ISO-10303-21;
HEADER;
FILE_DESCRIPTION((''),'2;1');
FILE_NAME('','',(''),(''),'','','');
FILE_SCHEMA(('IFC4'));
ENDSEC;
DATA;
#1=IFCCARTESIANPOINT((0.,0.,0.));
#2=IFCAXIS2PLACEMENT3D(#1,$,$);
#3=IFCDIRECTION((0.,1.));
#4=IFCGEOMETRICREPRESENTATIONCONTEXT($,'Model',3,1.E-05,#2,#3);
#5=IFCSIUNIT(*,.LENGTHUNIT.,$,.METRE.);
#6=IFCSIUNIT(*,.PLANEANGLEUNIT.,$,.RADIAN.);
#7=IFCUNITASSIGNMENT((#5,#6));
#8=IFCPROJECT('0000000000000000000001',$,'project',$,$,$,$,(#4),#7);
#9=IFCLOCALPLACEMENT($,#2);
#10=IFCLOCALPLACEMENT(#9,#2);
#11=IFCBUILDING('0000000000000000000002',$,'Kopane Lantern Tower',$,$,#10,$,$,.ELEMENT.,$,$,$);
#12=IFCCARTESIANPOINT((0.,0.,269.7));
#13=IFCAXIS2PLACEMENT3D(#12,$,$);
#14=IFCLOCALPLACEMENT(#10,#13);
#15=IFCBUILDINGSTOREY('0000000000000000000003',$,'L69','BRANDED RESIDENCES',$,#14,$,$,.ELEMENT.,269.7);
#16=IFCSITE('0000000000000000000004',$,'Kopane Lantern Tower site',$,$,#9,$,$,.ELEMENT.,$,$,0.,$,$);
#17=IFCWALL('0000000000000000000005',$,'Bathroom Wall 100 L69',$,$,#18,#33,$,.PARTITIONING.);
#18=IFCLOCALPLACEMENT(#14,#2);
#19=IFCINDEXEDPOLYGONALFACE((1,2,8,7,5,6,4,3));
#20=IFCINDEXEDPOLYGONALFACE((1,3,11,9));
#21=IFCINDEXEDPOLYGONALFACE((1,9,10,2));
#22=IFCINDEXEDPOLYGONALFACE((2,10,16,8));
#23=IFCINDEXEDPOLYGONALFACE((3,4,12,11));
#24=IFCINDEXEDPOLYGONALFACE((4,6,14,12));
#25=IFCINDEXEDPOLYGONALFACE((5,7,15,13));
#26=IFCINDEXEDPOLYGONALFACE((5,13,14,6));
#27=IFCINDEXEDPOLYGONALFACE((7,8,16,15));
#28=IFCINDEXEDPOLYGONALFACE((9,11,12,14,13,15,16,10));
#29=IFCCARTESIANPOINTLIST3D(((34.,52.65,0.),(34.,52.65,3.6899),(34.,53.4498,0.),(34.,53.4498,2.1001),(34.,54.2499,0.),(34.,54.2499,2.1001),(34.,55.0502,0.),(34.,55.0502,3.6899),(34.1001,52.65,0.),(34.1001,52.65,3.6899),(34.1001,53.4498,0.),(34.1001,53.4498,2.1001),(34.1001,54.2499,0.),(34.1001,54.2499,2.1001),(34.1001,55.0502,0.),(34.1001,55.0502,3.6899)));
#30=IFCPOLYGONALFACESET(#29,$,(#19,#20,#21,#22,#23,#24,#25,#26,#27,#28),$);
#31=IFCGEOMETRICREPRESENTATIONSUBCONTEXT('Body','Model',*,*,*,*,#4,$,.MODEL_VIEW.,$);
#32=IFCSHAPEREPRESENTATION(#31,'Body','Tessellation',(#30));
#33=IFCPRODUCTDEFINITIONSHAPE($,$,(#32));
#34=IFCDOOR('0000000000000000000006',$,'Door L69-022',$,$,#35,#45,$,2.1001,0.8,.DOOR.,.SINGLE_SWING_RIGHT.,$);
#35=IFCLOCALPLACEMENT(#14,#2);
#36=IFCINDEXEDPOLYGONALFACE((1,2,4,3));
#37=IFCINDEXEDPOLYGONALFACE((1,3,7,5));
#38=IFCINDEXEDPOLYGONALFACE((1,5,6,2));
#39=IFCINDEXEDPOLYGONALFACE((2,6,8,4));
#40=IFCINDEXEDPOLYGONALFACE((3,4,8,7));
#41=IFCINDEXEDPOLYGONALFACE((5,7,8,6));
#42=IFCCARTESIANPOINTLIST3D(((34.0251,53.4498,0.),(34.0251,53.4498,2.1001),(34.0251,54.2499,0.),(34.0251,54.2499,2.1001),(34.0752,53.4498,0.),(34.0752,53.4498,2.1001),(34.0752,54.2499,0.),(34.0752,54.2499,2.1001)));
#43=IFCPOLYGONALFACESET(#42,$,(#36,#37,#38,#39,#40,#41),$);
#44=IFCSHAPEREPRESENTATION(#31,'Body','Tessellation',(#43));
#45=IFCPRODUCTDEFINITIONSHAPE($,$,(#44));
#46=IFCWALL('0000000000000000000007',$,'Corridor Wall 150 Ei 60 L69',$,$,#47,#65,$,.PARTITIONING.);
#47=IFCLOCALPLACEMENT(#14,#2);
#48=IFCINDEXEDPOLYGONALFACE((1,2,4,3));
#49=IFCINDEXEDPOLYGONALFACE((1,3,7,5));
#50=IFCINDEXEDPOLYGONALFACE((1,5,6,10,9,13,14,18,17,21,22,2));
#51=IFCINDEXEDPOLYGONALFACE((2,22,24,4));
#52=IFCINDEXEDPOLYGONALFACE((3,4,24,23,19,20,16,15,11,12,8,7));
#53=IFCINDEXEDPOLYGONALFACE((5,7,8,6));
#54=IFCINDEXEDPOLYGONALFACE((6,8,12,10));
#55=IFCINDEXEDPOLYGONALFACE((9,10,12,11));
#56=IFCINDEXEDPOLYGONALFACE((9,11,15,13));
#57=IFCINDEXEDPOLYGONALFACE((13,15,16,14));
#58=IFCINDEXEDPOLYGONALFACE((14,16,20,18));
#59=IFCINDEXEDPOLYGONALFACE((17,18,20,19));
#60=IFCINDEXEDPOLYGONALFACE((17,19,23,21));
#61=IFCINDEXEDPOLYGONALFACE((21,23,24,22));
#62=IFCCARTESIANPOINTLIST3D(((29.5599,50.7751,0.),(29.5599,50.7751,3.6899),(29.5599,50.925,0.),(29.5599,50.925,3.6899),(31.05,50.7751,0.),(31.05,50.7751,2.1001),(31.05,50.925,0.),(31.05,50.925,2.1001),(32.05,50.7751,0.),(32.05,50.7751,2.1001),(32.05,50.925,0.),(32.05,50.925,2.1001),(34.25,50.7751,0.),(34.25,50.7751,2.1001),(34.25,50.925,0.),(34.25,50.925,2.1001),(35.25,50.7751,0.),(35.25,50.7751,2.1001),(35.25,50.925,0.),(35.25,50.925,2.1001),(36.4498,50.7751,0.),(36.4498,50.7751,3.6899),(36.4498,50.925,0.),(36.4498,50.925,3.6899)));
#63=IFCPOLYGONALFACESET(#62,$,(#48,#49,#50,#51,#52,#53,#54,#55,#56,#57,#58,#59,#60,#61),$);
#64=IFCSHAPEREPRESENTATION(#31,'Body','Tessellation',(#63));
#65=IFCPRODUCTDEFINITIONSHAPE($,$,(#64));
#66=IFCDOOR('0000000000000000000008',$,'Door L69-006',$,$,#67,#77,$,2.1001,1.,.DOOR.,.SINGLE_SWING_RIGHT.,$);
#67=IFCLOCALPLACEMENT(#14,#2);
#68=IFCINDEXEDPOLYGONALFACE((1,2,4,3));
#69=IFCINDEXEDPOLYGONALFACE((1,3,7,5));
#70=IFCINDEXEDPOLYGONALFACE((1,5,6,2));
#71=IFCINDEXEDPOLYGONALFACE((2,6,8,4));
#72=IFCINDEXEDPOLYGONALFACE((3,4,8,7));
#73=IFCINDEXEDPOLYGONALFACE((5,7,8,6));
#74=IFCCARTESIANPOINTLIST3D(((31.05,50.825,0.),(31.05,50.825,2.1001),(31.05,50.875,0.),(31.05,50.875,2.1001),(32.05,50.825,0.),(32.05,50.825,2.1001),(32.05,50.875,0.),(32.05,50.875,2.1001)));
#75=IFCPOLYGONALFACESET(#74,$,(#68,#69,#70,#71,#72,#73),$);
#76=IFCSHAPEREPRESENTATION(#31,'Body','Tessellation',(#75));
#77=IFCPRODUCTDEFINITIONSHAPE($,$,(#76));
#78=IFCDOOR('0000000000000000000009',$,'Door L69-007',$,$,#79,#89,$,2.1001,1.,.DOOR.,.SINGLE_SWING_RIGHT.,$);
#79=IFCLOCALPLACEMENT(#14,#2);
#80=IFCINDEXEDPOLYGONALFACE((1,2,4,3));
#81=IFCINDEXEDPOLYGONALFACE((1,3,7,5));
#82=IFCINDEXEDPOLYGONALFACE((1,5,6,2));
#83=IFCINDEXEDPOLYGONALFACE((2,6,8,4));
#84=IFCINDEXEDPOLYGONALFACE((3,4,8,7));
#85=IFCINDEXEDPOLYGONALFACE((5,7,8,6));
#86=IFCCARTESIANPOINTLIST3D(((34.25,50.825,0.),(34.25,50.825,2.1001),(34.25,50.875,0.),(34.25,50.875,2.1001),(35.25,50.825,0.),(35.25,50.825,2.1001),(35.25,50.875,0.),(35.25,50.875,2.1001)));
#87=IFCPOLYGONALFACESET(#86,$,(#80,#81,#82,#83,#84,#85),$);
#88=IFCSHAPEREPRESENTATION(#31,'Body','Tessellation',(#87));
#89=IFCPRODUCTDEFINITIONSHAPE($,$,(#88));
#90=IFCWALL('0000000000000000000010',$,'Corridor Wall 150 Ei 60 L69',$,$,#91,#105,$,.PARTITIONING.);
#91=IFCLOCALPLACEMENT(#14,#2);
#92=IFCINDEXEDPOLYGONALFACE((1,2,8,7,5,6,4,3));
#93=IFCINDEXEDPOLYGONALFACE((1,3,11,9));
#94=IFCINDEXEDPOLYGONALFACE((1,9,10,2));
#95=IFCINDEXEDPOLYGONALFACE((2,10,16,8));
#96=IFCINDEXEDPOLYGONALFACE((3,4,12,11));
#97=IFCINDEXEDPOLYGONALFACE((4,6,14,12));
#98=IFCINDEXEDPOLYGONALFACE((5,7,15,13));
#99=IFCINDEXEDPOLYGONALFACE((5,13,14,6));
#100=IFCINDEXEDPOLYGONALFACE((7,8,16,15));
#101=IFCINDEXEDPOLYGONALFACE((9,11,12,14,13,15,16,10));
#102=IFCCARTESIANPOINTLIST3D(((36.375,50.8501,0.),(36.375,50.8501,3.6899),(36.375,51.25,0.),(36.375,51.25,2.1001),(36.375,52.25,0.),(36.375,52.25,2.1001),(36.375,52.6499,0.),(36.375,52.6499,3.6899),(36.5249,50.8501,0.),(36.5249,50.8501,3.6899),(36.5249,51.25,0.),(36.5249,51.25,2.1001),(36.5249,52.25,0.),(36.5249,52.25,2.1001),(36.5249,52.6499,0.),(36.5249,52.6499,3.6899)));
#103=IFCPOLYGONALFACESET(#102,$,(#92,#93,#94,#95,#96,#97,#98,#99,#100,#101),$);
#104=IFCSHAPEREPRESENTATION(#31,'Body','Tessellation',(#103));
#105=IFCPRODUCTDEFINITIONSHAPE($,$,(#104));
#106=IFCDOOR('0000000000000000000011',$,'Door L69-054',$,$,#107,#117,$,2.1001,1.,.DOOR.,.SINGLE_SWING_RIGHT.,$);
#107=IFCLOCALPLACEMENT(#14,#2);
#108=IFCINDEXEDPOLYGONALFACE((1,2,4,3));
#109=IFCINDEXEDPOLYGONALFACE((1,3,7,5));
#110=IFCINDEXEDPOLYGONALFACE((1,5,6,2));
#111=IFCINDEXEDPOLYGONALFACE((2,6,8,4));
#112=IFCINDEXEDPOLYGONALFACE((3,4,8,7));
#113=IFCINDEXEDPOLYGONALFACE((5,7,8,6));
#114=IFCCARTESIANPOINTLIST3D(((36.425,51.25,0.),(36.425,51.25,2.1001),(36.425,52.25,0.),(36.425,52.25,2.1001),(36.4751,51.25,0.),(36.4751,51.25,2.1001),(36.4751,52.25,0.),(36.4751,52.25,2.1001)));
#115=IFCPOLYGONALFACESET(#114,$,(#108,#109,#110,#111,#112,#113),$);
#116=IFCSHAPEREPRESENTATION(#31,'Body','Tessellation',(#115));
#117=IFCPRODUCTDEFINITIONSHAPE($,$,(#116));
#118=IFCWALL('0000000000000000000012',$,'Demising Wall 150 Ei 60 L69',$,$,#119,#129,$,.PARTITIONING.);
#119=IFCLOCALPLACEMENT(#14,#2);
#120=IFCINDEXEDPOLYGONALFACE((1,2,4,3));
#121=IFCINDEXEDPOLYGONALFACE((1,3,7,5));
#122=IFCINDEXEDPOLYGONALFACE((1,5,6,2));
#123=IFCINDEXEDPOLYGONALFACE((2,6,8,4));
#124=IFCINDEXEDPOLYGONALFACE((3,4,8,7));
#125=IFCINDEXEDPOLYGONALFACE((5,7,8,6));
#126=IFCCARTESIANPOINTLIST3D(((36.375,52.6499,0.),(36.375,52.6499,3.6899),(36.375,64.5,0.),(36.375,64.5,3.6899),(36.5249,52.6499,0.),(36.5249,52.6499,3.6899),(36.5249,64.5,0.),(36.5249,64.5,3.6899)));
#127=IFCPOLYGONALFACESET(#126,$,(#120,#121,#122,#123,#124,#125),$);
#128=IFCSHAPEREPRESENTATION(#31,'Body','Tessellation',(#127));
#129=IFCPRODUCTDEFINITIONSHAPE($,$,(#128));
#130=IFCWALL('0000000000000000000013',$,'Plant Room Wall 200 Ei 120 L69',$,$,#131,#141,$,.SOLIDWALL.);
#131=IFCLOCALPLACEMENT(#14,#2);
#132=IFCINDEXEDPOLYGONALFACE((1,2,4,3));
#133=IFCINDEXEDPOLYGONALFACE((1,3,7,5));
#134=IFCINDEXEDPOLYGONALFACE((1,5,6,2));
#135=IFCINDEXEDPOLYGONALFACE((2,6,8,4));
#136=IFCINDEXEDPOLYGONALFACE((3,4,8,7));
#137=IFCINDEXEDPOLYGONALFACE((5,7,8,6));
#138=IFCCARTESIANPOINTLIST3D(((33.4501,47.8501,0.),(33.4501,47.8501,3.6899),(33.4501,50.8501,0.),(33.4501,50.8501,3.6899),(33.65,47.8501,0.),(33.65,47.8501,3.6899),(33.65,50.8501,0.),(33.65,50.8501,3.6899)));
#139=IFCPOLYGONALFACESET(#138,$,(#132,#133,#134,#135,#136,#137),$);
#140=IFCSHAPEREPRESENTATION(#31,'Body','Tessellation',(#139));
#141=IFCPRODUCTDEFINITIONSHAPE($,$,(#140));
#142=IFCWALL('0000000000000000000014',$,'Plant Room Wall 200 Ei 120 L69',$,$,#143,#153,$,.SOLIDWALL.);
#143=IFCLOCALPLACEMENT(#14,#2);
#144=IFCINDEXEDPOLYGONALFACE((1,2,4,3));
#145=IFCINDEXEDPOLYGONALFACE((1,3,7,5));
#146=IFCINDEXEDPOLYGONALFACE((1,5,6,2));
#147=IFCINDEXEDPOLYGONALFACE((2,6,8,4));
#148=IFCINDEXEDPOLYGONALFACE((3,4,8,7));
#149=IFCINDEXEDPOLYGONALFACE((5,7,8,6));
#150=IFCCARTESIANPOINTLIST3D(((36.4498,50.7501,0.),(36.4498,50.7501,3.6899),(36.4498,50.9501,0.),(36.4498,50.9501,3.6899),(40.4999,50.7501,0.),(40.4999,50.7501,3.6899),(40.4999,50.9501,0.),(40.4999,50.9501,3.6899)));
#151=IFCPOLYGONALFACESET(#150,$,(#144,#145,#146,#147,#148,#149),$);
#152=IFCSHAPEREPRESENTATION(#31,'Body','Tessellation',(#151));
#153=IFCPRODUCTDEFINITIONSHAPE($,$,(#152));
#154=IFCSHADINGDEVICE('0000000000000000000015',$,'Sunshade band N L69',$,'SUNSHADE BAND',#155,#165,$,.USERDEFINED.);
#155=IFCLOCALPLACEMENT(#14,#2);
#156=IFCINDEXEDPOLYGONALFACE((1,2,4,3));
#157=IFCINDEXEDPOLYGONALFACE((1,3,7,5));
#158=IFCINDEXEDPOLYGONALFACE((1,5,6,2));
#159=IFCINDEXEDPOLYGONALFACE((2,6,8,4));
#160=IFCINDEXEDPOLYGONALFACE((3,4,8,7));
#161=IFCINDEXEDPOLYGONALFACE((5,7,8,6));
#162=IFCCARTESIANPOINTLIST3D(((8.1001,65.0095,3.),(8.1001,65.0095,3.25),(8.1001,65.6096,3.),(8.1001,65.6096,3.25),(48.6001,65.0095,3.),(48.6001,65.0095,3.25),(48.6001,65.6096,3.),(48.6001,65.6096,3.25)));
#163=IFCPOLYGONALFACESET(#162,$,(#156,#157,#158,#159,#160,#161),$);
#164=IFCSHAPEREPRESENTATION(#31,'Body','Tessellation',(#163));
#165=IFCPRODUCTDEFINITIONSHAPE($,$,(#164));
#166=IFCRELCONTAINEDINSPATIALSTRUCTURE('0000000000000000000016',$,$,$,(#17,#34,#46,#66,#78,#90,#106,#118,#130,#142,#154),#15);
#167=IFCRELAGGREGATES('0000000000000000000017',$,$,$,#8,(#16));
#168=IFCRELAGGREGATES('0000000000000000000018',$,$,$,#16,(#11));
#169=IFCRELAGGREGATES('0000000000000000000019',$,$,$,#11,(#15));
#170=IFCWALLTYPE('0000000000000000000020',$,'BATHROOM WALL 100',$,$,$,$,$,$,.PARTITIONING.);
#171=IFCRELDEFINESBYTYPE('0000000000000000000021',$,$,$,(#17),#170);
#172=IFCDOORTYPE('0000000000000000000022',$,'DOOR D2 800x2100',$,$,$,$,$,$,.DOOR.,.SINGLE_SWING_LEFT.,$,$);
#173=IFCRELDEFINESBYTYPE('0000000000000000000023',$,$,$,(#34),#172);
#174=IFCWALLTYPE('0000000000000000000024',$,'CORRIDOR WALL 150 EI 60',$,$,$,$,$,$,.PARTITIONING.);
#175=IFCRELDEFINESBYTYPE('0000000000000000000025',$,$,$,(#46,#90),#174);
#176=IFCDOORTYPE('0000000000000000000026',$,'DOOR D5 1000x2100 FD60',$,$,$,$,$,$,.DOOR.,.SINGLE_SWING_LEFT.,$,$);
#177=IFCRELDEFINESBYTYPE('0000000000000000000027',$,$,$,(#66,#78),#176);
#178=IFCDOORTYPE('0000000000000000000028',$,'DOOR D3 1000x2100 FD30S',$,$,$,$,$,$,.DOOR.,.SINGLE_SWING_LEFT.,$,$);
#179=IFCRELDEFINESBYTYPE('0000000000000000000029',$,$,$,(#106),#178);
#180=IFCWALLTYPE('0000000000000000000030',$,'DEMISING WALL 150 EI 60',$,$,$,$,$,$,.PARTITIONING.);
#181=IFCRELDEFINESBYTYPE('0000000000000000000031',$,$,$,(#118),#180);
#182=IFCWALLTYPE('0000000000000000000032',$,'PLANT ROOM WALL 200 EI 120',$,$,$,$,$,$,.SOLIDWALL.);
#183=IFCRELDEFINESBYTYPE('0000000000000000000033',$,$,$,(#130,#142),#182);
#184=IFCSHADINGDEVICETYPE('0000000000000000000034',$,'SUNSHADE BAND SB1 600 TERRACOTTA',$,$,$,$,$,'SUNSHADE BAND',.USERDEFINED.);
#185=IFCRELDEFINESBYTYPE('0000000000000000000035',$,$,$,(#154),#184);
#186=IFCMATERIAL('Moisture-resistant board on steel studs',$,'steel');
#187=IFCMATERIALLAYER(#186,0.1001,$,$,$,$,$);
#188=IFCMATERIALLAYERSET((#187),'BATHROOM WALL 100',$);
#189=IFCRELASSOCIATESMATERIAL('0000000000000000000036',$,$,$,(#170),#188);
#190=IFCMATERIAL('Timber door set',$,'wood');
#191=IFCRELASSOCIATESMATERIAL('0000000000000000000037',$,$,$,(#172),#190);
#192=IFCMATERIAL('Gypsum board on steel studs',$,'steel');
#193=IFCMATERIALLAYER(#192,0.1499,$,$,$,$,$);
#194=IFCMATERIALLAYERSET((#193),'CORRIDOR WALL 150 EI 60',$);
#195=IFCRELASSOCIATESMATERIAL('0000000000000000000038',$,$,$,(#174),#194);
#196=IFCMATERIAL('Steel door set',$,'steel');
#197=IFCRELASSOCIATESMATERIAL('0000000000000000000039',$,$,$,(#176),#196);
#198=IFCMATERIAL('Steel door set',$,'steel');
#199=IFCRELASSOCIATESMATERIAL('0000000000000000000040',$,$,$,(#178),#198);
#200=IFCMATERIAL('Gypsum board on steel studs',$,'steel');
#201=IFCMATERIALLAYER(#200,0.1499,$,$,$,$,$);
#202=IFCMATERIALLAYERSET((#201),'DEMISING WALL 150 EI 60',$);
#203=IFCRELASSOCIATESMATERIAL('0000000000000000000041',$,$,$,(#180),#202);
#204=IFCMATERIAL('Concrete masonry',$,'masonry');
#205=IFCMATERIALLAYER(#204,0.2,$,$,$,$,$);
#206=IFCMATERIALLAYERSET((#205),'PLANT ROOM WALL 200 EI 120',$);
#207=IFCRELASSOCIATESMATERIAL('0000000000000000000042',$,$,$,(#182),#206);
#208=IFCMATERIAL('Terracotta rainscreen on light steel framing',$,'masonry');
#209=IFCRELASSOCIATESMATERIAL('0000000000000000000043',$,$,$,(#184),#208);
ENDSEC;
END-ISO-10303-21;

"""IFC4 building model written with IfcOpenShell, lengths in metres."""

from ifc_helpers import new_model, si_unit, direction, frame, frame_2d, origin, origin_2d, place, context, subcontext, project, spatial, rectangle, extrude, material, layer, layer_set, type_object, element, fill, save


model = new_model("IFC4")

# Units and contexts
model_context = context("Model", 3, precision=1e-05, world=origin(), true_north=direction((0.0, 1.0)))
body_context = subcontext(model_context, "Body", "Model", "MODEL_VIEW")
ifc_project = project(units=[si_unit("LENGTHUNIT", "METRE"), si_unit("PLANEANGLEUNIT", "RADIAN")], contexts=[model_context])

# Site, building, storey
site_placement = place(None, origin())
site = spatial("IfcSite", under=ifc_project, at=site_placement, Name="Kopane Lantern Tower site", CompositionType="ELEMENT", RefElevation=0.0)
building_placement = place(site_placement, origin())
building = spatial("IfcBuilding", under=site, at=building_placement, Name="Kopane Lantern Tower", CompositionType="ELEMENT")
storey_placement = place(building_placement, frame((0.0, 0.0, 269.7)))
storey = spatial("IfcBuildingStorey", under=building, at=storey_placement, Name="L69", Description="BRANDED RESIDENCES", CompositionType="ELEMENT", Elevation=269.7)

# Wall, opening, door
ifc_material_1 = material(Name="Moisture-resistant board on steel studs", Category="steel")
ifc_layer_1 = layer(ifc_material_1, 0.1001)
ifc_layer_set_1 = layer_set([ifc_layer_1], Name="BATHROOM WALL 100")
wall_type_1 = type_object("IfcWallType", Name="BATHROOM WALL 100", PredefinedType="PARTITIONING", material=ifc_layer_set_1)
wall_1_placement = place(storey_placement, frame((34.05, 52.6499, 0.0), z_axis=(0.0, 0.0, 1.0), x_axis=(0.0, 1.0, 0.0)))
wall_1 = element("IfcWall", 1, at=wall_1_placement, inside=storey, type_object=wall_type_1, Name="Bathroom Wall 100 L69", PredefinedType="PARTITIONING", context=body_context, shape_type="SweptSolid", body=[
    extrude(rectangle(XDim=2.4001, YDim=0.1001, at=frame_2d((1.2002, 0.0))), origin(), (0.0, 0.0, 1.0), 3.6899),
])
opening_1_placement = place(wall_1_placement, frame((0.8, 0.0, 0.0)))
opening_1 = element("IfcOpeningElement", 2, at=opening_1_placement, cuts=wall_1, PredefinedType="OPENING", context=body_context, shape_type="SweptSolid", body=[
    extrude(rectangle(XDim=0.8, YDim=2.1001, at=frame_2d((0.3999, 1.05))), frame((0.0, 0.0601, 0.0), z_axis=(0.0, -1.0, 0.0), x_axis=(1.0, 0.0, 0.0)), (0.0, 0.0, 1.0), 0.1201),
])
ifc_material_2 = material(Name="Timber door set", Category="wood")
door_type_1 = type_object("IfcDoorType", Name="DOOR D2 800x2100", OperationType="SINGLE_SWING_LEFT", PredefinedType="DOOR", material=ifc_material_2)
door_1_placement = place(opening_1_placement, origin())
door_1 = element("IfcDoor", 3, at=door_1_placement, inside=storey, type_object=door_type_1, Name="Door L69-022", OperationType="SINGLE_SWING_RIGHT", OverallHeight=2.1001, OverallWidth=0.8, PredefinedType="DOOR", context=body_context, shape_type="SweptSolid", body=[
    extrude(rectangle(XDim=0.8, YDim=2.1001, at=frame_2d((0.3999, 1.05))), frame((0.0, 0.0249, 0.0), z_axis=(0.0, -1.0, 0.0), x_axis=(1.0, 0.0, 0.0)), (0.0, 0.0, 1.0), 0.05),
])
fill(opening_1, door_1)

# Wall, openings, doors
ifc_material_3 = material(Name="Gypsum board on steel studs", Category="steel")
ifc_layer_2 = layer(ifc_material_3, 0.1499)
ifc_layer_set_2 = layer_set([ifc_layer_2], Name="CORRIDOR WALL 150 EI 60")
wall_type_2 = type_object("IfcWallType", Name="CORRIDOR WALL 150 EI 60", PredefinedType="PARTITIONING", material=ifc_layer_set_2)
wall_2_placement = place(storey_placement, frame((29.5601, 50.8501, 0.0), z_axis=(0.0, 0.0, 1.0), x_axis=(1.0, 0.0, 0.0)))
wall_2 = element("IfcWall", 4, at=wall_2_placement, inside=storey, type_object=wall_type_2, Name="Corridor Wall 150 Ei 60 L69", PredefinedType="PARTITIONING", context=body_context, shape_type="SweptSolid", body=[
    extrude(rectangle(XDim=6.8899, YDim=0.1499, at=frame_2d((3.4448, 0.0))), origin(), (0.0, 0.0, 1.0), 3.6899),
])
opening_2_placement = place(wall_2_placement, frame((1.49, 0.0, 0.0)))
opening_2 = element("IfcOpeningElement", 5, at=opening_2_placement, cuts=wall_2, PredefinedType="OPENING", context=body_context, shape_type="SweptSolid", body=[
    extrude(rectangle(XDim=1.0, YDim=2.1001, at=frame_2d((0.5, 1.05))), frame((0.0, 0.085, 0.0), z_axis=(0.0, -1.0, 0.0), x_axis=(1.0, 0.0, 0.0)), (0.0, 0.0, 1.0), 0.1699),
])
opening_3_placement = place(wall_2_placement, frame((4.6899, 0.0, 0.0)))
opening_3 = element("IfcOpeningElement", 6, at=opening_3_placement, cuts=wall_2, PredefinedType="OPENING", context=body_context, shape_type="SweptSolid", body=[
    extrude(rectangle(XDim=1.0, YDim=2.1001, at=frame_2d((0.5, 1.05))), frame((0.0, 0.085, 0.0), z_axis=(0.0, -1.0, 0.0), x_axis=(1.0, 0.0, 0.0)), (0.0, 0.0, 1.0), 0.1699),
])
ifc_material_4 = material(Name="Steel door set", Category="steel")
door_type_2 = type_object("IfcDoorType", Name="DOOR D5 1000x2100 FD60", OperationType="SINGLE_SWING_LEFT", PredefinedType="DOOR", material=ifc_material_4)
door_2_placement = place(opening_2_placement, origin())
door_2 = element("IfcDoor", 7, at=door_2_placement, inside=storey, type_object=door_type_2, Name="Door L69-006", OperationType="SINGLE_SWING_RIGHT", OverallHeight=2.1001, OverallWidth=1.0, PredefinedType="DOOR", context=body_context, shape_type="SweptSolid", body=[
    extrude(rectangle(XDim=1.0, YDim=2.1001, at=frame_2d((0.5, 1.05))), frame((0.0, 0.0249, 0.0), z_axis=(0.0, -1.0, 0.0), x_axis=(1.0, 0.0, 0.0)), (0.0, 0.0, 1.0), 0.05),
])
fill(opening_2, door_2)
door_3_placement = place(opening_3_placement, origin())
door_3 = element("IfcDoor", 8, at=door_3_placement, inside=storey, type_object=door_type_2, Name="Door L69-007", OperationType="SINGLE_SWING_RIGHT", OverallHeight=2.1001, OverallWidth=1.0, PredefinedType="DOOR", context=body_context, shape_type="SweptSolid", body=[
    extrude(rectangle(XDim=1.0, YDim=2.1001, at=frame_2d((0.5, 1.05))), frame((0.0, 0.0249, 0.0), z_axis=(0.0, -1.0, 0.0), x_axis=(1.0, 0.0, 0.0)), (0.0, 0.0, 1.0), 0.05),
])
fill(opening_3, door_3)

# Wall, opening, door
wall_3_placement = place(storey_placement, frame((36.45, 50.8501, 0.0), z_axis=(0.0, 0.0, 1.0), x_axis=(0.0, 1.0, 0.0)))
wall_3 = element("IfcWall", 9, at=wall_3_placement, inside=storey, type_object=wall_type_2, Name="Corridor Wall 150 Ei 60 L69", PredefinedType="PARTITIONING", context=body_context, shape_type="SweptSolid", body=[
    extrude(rectangle(XDim=1.7998, YDim=0.1499, at=frame_2d((0.8999, 0.0))), origin(), (0.0, 0.0, 1.0), 3.6899),
])
opening_4_placement = place(wall_3_placement, frame((0.3999, 0.0, 0.0)))
opening_4 = element("IfcOpeningElement", 10, at=opening_4_placement, cuts=wall_3, PredefinedType="OPENING", context=body_context, shape_type="SweptSolid", body=[
    extrude(rectangle(XDim=1.0, YDim=2.1001, at=frame_2d((0.5, 1.05))), frame((0.0, 0.085, 0.0), z_axis=(0.0, -1.0, 0.0), x_axis=(1.0, 0.0, 0.0)), (0.0, 0.0, 1.0), 0.1699),
])
ifc_material_5 = material(Name="Steel door set", Category="steel")
door_type_3 = type_object("IfcDoorType", Name="DOOR D3 1000x2100 FD30S", OperationType="SINGLE_SWING_LEFT", PredefinedType="DOOR", material=ifc_material_5)
door_4_placement = place(opening_4_placement, origin())
door_4 = element("IfcDoor", 11, at=door_4_placement, inside=storey, type_object=door_type_3, Name="Door L69-054", OperationType="SINGLE_SWING_RIGHT", OverallHeight=2.1001, OverallWidth=1.0, PredefinedType="DOOR", context=body_context, shape_type="SweptSolid", body=[
    extrude(rectangle(XDim=1.0, YDim=2.1001, at=frame_2d((0.5, 1.05))), frame((0.0, 0.0249, 0.0), z_axis=(0.0, -1.0, 0.0), x_axis=(1.0, 0.0, 0.0)), (0.0, 0.0, 1.0), 0.05),
])
fill(opening_4, door_4)

# Walls
ifc_material_6 = material(Name="Gypsum board on steel studs", Category="steel")
ifc_layer_3 = layer(ifc_material_6, 0.1499)
ifc_layer_set_3 = layer_set([ifc_layer_3], Name="DEMISING WALL 150 EI 60")
wall_type_3 = type_object("IfcWallType", Name="DEMISING WALL 150 EI 60", PredefinedType="PARTITIONING", material=ifc_layer_set_3)
wall_4_placement = place(storey_placement, frame((36.45, 64.5, 0.0), z_axis=(0.0, 0.0, 1.0), x_axis=(0.0, -1.0, 0.0)))
element("IfcWall", 12, at=wall_4_placement, inside=storey, type_object=wall_type_3, Name="Demising Wall 150 Ei 60 L69", PredefinedType="PARTITIONING", context=body_context, shape_type="SweptSolid", body=[
    extrude(rectangle(XDim=11.8501, YDim=0.1499, at=frame_2d((5.925, 0.0))), origin(), (0.0, 0.0, 1.0), 3.6899),
])
ifc_material_7 = material(Name="Concrete masonry", Category="masonry")
ifc_layer_4 = layer(ifc_material_7, 0.2)
ifc_layer_set_4 = layer_set([ifc_layer_4], Name="PLANT ROOM WALL 200 EI 120")
wall_type_4 = type_object("IfcWallType", Name="PLANT ROOM WALL 200 EI 120", PredefinedType="SOLIDWALL", material=ifc_layer_set_4)
wall_5_placement = place(storey_placement, frame((33.55, 50.8501, 0.0), z_axis=(0.0, 0.0, 1.0), x_axis=(0.0, -1.0, 0.0)))
element("IfcWall", 13, at=wall_5_placement, inside=storey, type_object=wall_type_4, Name="Plant Room Wall 200 Ei 120 L69", PredefinedType="SOLIDWALL", context=body_context, shape_type="SweptSolid", body=[
    extrude(rectangle(XDim=3.0, YDim=0.2, at=frame_2d((1.5, 0.0))), origin(), (0.0, 0.0, 1.0), 3.6899),
])
wall_6_placement = place(storey_placement, frame((36.45, 50.8501, 0.0), z_axis=(0.0, 0.0, 1.0), x_axis=(1.0, 0.0, 0.0)))
element("IfcWall", 14, at=wall_6_placement, inside=storey, type_object=wall_type_4, Name="Plant Room Wall 200 Ei 120 L69", PredefinedType="SOLIDWALL", context=body_context, shape_type="SweptSolid", body=[
    extrude(rectangle(XDim=4.05, YDim=0.2, at=frame_2d((2.0249, 0.0))), origin(), (0.0, 0.0, 1.0), 3.6899),
])

# Shading device
ifc_material_8 = material(Name="Terracotta rainscreen on light steel framing", Category="masonry")
shading_device_type = type_object("IfcShadingDeviceType", Name="SUNSHADE BAND SB1 600 TERRACOTTA", ElementType="SUNSHADE BAND", PredefinedType="USERDEFINED", material=ifc_material_8)
shading_device_placement = place(storey_placement, frame((28.3501, 65.3096, 3.0), z_axis=(0.0, 0.0, 1.0), x_axis=(-1.0, 0.0, 0.0)))
element("IfcShadingDevice", 15, at=shading_device_placement, inside=storey, type_object=shading_device_type, Name="Sunshade band N L69", ObjectType="SUNSHADE BAND", PredefinedType="USERDEFINED", context=body_context, shape_type="SweptSolid", body=[
    extrude(rectangle(XDim=40.5, YDim=0.6001, at=origin_2d()), origin(), (0.0, 0.0, 1.0), 0.25),
])

save(model, "model.ifc")
